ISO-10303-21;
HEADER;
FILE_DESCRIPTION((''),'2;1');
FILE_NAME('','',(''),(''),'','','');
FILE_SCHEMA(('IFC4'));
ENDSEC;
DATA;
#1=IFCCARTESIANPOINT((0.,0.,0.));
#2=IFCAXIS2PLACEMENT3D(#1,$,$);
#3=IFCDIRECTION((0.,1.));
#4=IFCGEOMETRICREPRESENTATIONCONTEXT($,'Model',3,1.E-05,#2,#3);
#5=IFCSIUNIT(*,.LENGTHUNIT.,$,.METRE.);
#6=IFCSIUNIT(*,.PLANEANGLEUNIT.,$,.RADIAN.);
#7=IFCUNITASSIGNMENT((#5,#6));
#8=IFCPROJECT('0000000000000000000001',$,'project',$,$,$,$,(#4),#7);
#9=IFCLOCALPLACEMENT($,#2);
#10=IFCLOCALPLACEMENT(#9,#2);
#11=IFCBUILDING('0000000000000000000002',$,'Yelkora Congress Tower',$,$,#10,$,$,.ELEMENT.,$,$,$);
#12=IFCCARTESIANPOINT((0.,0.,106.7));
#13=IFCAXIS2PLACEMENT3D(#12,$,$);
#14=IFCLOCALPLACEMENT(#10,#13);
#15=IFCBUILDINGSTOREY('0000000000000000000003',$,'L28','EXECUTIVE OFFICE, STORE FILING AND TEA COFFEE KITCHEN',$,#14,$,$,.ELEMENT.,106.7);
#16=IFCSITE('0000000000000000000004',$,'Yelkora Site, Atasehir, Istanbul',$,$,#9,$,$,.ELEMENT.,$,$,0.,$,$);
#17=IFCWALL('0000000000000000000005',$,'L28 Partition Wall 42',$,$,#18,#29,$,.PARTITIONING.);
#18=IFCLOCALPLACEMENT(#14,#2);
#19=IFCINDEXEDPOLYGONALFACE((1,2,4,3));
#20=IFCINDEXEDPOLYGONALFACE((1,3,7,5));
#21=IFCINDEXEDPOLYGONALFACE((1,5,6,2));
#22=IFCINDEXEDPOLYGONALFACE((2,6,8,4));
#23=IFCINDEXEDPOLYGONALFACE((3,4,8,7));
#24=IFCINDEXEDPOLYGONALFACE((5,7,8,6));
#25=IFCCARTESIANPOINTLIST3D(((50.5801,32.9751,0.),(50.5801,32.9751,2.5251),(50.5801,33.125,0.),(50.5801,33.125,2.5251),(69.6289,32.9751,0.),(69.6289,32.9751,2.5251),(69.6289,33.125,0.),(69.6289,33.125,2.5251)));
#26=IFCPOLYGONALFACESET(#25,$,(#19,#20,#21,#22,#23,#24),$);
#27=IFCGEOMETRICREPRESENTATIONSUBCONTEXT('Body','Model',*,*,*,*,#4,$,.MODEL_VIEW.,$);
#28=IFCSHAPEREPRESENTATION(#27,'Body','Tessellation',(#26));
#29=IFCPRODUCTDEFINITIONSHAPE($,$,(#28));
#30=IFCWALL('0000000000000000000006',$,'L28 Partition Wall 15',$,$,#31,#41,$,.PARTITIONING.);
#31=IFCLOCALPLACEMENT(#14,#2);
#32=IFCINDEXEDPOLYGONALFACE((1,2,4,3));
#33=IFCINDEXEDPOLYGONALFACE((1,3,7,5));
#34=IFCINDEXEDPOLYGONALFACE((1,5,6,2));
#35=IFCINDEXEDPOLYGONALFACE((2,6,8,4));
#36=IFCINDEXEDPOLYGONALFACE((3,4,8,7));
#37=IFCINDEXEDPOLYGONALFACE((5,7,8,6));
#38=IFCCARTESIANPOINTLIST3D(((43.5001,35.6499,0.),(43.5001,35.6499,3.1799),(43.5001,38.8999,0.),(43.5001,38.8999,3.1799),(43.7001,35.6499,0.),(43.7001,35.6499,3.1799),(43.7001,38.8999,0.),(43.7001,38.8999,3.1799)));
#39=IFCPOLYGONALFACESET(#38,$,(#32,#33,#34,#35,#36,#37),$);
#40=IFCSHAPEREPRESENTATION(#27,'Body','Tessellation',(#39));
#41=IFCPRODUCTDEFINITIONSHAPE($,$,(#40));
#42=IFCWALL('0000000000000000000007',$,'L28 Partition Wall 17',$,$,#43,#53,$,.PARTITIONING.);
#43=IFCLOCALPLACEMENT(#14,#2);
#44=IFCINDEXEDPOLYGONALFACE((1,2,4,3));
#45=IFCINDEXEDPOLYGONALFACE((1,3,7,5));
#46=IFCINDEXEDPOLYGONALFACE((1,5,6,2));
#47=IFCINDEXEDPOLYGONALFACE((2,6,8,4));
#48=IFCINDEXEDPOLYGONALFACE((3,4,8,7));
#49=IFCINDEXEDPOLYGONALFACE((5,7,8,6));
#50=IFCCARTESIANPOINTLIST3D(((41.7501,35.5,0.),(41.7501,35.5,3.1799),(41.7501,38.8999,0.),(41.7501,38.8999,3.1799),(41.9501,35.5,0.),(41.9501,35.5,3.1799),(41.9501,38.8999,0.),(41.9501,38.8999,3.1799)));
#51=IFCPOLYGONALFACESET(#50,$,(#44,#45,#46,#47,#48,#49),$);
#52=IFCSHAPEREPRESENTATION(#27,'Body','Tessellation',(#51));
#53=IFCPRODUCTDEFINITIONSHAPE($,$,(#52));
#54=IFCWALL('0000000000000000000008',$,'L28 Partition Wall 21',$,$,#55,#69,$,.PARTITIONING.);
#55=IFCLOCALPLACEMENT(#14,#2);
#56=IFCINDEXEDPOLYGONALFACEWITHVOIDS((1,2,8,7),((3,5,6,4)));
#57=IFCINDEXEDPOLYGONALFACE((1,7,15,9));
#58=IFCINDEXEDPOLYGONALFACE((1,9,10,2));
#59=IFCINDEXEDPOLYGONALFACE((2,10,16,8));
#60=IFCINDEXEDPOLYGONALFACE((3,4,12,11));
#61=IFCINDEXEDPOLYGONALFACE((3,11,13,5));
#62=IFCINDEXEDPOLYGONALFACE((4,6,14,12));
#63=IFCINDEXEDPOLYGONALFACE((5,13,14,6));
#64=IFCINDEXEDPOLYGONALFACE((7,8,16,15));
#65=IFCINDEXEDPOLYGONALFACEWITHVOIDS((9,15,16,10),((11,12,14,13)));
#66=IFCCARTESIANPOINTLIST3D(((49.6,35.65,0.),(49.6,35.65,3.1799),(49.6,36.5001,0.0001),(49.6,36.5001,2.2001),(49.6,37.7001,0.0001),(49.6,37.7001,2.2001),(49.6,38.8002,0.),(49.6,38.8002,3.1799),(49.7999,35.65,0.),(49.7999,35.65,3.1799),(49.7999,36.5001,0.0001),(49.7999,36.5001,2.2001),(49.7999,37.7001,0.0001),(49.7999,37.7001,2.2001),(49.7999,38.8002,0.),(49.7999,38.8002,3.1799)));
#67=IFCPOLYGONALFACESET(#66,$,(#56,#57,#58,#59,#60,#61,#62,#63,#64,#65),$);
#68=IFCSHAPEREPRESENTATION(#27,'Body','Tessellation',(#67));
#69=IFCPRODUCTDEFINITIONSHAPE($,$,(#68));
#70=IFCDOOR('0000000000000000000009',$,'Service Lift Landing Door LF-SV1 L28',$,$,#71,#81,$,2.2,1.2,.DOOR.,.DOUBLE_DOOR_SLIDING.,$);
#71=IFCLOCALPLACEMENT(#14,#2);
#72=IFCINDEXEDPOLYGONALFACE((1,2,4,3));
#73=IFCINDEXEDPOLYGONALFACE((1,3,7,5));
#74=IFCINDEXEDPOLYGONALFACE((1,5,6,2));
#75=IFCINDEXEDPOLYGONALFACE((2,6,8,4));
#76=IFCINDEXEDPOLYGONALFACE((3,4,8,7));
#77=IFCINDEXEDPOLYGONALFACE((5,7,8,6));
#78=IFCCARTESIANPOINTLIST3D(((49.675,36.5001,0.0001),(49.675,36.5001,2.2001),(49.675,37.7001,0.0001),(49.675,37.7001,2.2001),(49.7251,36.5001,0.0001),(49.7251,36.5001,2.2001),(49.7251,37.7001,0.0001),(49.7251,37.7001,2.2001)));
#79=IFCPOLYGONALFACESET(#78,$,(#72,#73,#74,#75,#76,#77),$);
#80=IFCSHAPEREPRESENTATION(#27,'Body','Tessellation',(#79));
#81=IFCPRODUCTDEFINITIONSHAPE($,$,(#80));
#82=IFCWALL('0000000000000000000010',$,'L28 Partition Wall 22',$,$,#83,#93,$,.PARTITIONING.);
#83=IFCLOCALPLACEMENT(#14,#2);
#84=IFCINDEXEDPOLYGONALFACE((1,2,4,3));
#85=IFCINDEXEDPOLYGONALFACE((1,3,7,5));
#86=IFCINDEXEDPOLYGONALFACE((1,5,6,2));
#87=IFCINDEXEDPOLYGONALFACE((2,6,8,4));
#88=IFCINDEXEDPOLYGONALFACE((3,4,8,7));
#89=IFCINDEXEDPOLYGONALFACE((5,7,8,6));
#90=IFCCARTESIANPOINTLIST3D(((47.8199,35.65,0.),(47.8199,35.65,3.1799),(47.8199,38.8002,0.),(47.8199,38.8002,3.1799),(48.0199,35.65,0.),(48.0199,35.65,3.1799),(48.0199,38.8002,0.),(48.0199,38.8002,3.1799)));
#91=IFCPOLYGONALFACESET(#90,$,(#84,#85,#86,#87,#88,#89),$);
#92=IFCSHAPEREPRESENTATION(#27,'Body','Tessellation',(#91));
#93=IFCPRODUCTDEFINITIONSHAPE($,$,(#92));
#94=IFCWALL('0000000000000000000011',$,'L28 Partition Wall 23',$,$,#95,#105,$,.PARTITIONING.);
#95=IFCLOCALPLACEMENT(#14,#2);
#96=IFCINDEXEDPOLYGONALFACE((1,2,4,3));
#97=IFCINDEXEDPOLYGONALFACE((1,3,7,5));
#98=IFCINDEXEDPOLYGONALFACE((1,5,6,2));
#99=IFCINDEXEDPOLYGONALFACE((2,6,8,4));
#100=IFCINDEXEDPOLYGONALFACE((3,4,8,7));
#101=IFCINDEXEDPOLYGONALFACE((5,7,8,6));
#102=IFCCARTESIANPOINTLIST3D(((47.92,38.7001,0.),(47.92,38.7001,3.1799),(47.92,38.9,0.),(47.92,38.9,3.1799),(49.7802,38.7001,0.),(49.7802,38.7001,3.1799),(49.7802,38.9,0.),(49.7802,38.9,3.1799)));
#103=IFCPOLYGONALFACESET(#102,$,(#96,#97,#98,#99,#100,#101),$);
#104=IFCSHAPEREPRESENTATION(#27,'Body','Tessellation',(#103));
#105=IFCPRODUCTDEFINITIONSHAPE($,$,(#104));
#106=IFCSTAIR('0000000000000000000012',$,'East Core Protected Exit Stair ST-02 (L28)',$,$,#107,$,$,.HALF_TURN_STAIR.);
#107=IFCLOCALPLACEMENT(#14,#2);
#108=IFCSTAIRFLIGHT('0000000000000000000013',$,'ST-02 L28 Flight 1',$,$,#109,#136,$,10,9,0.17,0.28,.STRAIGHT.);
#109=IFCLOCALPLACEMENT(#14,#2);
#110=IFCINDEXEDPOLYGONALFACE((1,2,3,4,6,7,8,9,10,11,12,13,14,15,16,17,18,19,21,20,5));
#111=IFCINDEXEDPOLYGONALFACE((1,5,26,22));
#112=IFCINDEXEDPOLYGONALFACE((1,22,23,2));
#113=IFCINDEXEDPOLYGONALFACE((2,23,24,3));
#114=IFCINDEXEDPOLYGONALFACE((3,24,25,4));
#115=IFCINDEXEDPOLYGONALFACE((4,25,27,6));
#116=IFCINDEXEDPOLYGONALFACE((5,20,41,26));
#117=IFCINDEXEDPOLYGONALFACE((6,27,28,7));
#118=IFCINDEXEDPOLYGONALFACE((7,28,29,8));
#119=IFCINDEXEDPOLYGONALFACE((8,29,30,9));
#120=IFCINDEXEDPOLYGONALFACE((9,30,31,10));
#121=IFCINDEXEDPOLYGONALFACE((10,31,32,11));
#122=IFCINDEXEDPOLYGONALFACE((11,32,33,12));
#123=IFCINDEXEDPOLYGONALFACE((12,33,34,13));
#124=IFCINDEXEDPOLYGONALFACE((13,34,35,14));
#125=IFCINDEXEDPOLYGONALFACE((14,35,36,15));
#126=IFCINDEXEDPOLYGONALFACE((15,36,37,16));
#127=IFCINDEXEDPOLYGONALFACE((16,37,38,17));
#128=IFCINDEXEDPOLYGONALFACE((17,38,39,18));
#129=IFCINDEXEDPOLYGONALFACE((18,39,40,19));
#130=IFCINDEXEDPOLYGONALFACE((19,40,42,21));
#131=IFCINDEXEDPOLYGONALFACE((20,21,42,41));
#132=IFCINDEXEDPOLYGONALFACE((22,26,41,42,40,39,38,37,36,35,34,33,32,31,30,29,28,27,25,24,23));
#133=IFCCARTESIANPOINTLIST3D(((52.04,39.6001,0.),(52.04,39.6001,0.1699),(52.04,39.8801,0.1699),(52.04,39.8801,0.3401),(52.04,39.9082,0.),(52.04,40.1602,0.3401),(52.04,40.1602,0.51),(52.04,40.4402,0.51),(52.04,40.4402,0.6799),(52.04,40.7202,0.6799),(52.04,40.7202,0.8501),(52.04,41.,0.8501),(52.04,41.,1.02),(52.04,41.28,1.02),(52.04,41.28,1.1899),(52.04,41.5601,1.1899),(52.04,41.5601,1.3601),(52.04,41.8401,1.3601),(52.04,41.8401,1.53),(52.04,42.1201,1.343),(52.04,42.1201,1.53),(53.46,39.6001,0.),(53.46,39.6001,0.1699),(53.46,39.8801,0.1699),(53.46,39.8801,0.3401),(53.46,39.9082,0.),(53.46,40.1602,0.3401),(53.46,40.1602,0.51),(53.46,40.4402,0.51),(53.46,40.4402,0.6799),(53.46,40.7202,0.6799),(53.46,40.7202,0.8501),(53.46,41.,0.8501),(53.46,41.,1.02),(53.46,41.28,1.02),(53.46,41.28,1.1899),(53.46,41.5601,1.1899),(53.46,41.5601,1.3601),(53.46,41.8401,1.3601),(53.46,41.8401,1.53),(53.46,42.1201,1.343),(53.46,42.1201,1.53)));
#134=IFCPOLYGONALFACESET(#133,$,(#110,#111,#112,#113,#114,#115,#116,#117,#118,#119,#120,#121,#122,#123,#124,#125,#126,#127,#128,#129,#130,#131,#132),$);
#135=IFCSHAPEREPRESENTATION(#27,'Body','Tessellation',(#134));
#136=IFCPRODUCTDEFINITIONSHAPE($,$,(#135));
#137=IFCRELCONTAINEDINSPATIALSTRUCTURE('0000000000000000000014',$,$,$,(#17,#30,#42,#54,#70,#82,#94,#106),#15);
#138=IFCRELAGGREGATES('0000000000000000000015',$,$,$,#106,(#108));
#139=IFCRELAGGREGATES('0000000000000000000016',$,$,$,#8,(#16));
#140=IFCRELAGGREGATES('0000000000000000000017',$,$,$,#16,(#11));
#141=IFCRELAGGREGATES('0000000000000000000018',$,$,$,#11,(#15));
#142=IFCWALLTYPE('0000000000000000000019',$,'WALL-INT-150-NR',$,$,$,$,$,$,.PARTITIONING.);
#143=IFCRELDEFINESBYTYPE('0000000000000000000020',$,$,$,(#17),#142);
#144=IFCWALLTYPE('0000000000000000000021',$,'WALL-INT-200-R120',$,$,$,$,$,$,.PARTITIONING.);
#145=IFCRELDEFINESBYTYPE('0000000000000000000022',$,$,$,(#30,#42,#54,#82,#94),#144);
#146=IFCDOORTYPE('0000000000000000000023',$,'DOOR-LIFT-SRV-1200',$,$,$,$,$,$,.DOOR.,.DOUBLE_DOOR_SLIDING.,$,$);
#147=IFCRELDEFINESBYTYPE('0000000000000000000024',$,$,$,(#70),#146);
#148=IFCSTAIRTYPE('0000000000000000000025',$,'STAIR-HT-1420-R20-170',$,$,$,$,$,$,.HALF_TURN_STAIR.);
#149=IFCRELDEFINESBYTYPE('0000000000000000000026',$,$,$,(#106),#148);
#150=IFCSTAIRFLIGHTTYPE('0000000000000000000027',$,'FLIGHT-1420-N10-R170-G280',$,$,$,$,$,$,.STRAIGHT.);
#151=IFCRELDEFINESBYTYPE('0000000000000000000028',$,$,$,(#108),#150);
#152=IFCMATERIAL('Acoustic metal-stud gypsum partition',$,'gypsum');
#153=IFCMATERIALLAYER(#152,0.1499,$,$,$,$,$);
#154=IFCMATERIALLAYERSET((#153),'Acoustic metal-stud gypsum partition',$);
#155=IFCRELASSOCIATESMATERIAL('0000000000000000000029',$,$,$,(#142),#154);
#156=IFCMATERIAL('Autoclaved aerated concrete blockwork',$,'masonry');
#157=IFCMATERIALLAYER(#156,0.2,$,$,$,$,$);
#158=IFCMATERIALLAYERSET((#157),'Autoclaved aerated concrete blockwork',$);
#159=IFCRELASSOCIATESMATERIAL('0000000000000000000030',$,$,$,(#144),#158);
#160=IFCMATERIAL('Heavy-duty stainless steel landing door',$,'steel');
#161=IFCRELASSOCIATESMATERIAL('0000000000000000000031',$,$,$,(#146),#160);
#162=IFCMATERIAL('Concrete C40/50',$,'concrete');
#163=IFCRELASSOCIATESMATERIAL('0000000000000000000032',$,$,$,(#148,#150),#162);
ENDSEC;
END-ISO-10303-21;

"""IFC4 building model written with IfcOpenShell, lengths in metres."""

from ifc_helpers import new_model, si_unit, direction, frame, frame_2d, origin, place, context, subcontext, project, spatial, polyline, rectangle, outline, extrude, material, layer, layer_set, type_object, element, fill, aggregate, save


model = new_model("IFC4")

# Units and contexts
model_context = context("Model", 3, precision=1e-05, world=origin(), true_north=direction((0.0, 1.0)))
body_context = subcontext(model_context, "Body", "Model", "MODEL_VIEW")
ifc_project = project(units=[si_unit("LENGTHUNIT", "METRE"), si_unit("PLANEANGLEUNIT", "RADIAN")], contexts=[model_context])

# Site, building, storey
site_placement = place(None, origin())
site = spatial("IfcSite", under=ifc_project, at=site_placement, Name="Yelkora Site, Atasehir, Istanbul", CompositionType="ELEMENT", RefElevation=0.0)
building_placement = place(site_placement, origin())
building = spatial("IfcBuilding", under=site, at=building_placement, Name="Yelkora Congress Tower", CompositionType="ELEMENT")
storey_placement = place(building_placement, frame((0.0, 0.0, 106.7)))
storey = spatial("IfcBuildingStorey", under=building, at=storey_placement, Name="L28", Description="EXECUTIVE OFFICE, STORE FILING AND TEA COFFEE KITCHEN", CompositionType="ELEMENT", Elevation=106.7)

# Shared definitions
ifc_material_1 = material(Name="Acoustic metal-stud gypsum partition", Category="gypsum")
ifc_layer_1 = layer(ifc_material_1, 0.1499)
ifc_layer_set_1 = layer_set([ifc_layer_1], Name="Acoustic metal-stud gypsum partition")
wall_type_1 = type_object("IfcWallType", Name="WALL-INT-150-NR", PredefinedType="PARTITIONING", material=ifc_layer_set_1)

# Walls
wall_1_placement = place(storey_placement, frame((50.5801, 33.05, 0.0), z_axis=(0.0, 0.0, 1.0), x_axis=(1.0, 0.0, 0.0)))
element("IfcWall", 1, at=wall_1_placement, inside=storey, type_object=wall_type_1, Name="L28 Partition Wall 42", PredefinedType="PARTITIONING", context=body_context, shape_type="SweptSolid", body=[
    extrude(rectangle(XDim=19.0488, YDim=0.1499, at=frame_2d((9.5244, 0.0))), origin(), (0.0, 0.0, 1.0), 2.5251),
])
ifc_material_2 = material(Name="Autoclaved aerated concrete blockwork", Category="masonry")
ifc_layer_2 = layer(ifc_material_2, 0.2)
ifc_layer_set_2 = layer_set([ifc_layer_2], Name="Autoclaved aerated concrete blockwork")
wall_type_2 = type_object("IfcWallType", Name="WALL-INT-200-R120", PredefinedType="PARTITIONING", material=ifc_layer_set_2)
wall_2_placement = place(storey_placement, frame((43.6001, 35.6499, 0.0), z_axis=(0.0, 0.0, 1.0), x_axis=(0.0, 1.0, 0.0)))
element("IfcWall", 2, at=wall_2_placement, inside=storey, type_object=wall_type_2, Name="L28 Partition Wall 15", PredefinedType="PARTITIONING", context=body_context, shape_type="SweptSolid", body=[
    extrude(rectangle(XDim=3.25, YDim=0.2, at=frame_2d((1.625, 0.0))), origin(), (0.0, 0.0, 1.0), 3.1799),
])
wall_3_placement = place(storey_placement, frame((41.8501, 35.5, 0.0), z_axis=(0.0, 0.0, 1.0), x_axis=(0.0, 1.0, 0.0)))
element("IfcWall", 3, at=wall_3_placement, inside=storey, type_object=wall_type_2, Name="L28 Partition Wall 17", PredefinedType="PARTITIONING", context=body_context, shape_type="SweptSolid", body=[
    extrude(rectangle(XDim=3.3999, YDim=0.2, at=frame_2d((1.7, 0.0))), origin(), (0.0, 0.0, 1.0), 3.1799),
])

# Wall, opening, door
wall_4_placement = place(storey_placement, frame((49.7, 35.6499, 0.0), z_axis=(0.0, 0.0, 1.0), x_axis=(0.0, 1.0, 0.0)))
wall_4 = element("IfcWall", 4, at=wall_4_placement, inside=storey, type_object=wall_type_2, Name="L28 Partition Wall 21", PredefinedType="PARTITIONING", context=body_context, shape_type="SweptSolid", body=[
    extrude(rectangle(XDim=3.1501, YDim=0.2, at=frame_2d((1.5752, 0.0))), origin(), (0.0, 0.0, 1.0), 3.1799),
])
opening_1_placement = place(wall_4_placement, frame((0.8501, 0.0, 0.0)))
opening_1 = element("IfcOpeningElement", 5, at=opening_1_placement, cuts=wall_4, PredefinedType="OPENING", context=body_context, shape_type="SweptSolid", body=[
    extrude(rectangle(XDim=1.2, YDim=2.2, at=frame_2d((0.6001, 1.1001))), frame((0.0, 0.1099, 0.0), z_axis=(0.0, -1.0, 0.0), x_axis=(1.0, 0.0, 0.0)), (0.0, 0.0, 1.0), 0.22),
])
ifc_material_3 = material(Name="Heavy-duty stainless steel landing door", Category="steel")
door_type_1 = type_object("IfcDoorType", Name="DOOR-LIFT-SRV-1200", OperationType="DOUBLE_DOOR_SLIDING", PredefinedType="DOOR", material=ifc_material_3)
door_1_placement = place(opening_1_placement, origin())
door_1 = element("IfcDoor", 6, at=door_1_placement, inside=storey, type_object=door_type_1, Name="Service Lift Landing Door LF-SV1 L28", OperationType="DOUBLE_DOOR_SLIDING", OverallHeight=2.2, OverallWidth=1.2, PredefinedType="DOOR", context=body_context, shape_type="SweptSolid", body=[
    extrude(rectangle(XDim=1.2, YDim=2.2, at=frame_2d((0.6001, 1.1001))), frame((0.0, 0.0249, 0.0), z_axis=(0.0, -1.0, 0.0), x_axis=(1.0, 0.0, 0.0)), (0.0, 0.0, 1.0), 0.05),
])
fill(opening_1, door_1)

# Walls
wall_5_placement = place(storey_placement, frame((47.9199, 35.6499, 0.0), z_axis=(0.0, 0.0, 1.0), x_axis=(0.0, 1.0, 0.0)))
element("IfcWall", 7, at=wall_5_placement, inside=storey, type_object=wall_type_2, Name="L28 Partition Wall 22", PredefinedType="PARTITIONING", context=body_context, shape_type="SweptSolid", body=[
    extrude(rectangle(XDim=3.1501, YDim=0.2, at=frame_2d((1.5752, 0.0))), origin(), (0.0, 0.0, 1.0), 3.1799),
])
wall_6_placement = place(storey_placement, frame((47.9199, 38.8, 0.0), z_axis=(0.0, 0.0, 1.0), x_axis=(1.0, 0.0, 0.0)))
element("IfcWall", 8, at=wall_6_placement, inside=storey, type_object=wall_type_2, Name="L28 Partition Wall 23", PredefinedType="PARTITIONING", context=body_context, shape_type="SweptSolid", body=[
    extrude(rectangle(XDim=1.8601, YDim=0.2, at=frame_2d((0.9302, 0.0))), origin(), (0.0, 0.0, 1.0), 3.1799),
])

# Stair, stair flight
ifc_material_4 = material(Name="Concrete C40/50", Category="concrete")
stair_type = type_object("IfcStairType", Name="STAIR-HT-1420-R20-170", PredefinedType="HALF_TURN_STAIR", material=ifc_material_4)
stair_placement = place(storey_placement, origin())
stair = element("IfcStair", 9, at=stair_placement, inside=storey, type_object=stair_type, Name="East Core Protected Exit Stair ST-02 (L28)", PredefinedType="HALF_TURN_STAIR")
stair_flight_type = type_object("IfcStairFlightType", Name="FLIGHT-1420-N10-R170-G280", PredefinedType="STRAIGHT", material=ifc_material_4)
stair_flight_placement = place(storey_placement, frame((52.75, 39.6001, 0.0), z_axis=(0.0, 0.0, 1.0), x_axis=(0.0, 1.0, 0.0)))
stair_flight = element("IfcStairFlight", 10, at=stair_flight_placement, type_object=stair_flight_type, Name="ST-02 L28 Flight 1", NumberOfRisers=10, NumberOfTreads=9, PredefinedType="STRAIGHT", RiserHeight=0.17, TreadLength=0.28, context=body_context, shape_type="SweptSolid", body=[
    extrude(outline(polyline([(0.0, 0.0), (0.0, 0.1699), (0.28, 0.1699), (0.28, 0.3401), (0.5601, 0.3401), (0.5601, 0.51), (0.8401, 0.51), (0.8401, 0.6799), (1.1201, 0.6799), (1.1201, 0.8501), (1.3999, 0.8501), (1.3999, 1.02), (1.6799, 1.02), (1.6799, 1.1899), (1.96, 1.1899), (1.96, 1.3601), (2.24, 1.3601), (2.24, 1.53), (2.52, 1.53), (2.52, 1.7), (2.52, 1.343), (0.3081, 0.0), (0.0, 0.0)])), frame((0.0, 0.71, 0.0), z_axis=(0.0, -1.0, 0.0), x_axis=(1.0, 0.0, 0.0)), (0.0, 0.0, 1.0), 1.4199),
])
aggregate(stair, [stair_flight])

save(model, "model.ifc")
